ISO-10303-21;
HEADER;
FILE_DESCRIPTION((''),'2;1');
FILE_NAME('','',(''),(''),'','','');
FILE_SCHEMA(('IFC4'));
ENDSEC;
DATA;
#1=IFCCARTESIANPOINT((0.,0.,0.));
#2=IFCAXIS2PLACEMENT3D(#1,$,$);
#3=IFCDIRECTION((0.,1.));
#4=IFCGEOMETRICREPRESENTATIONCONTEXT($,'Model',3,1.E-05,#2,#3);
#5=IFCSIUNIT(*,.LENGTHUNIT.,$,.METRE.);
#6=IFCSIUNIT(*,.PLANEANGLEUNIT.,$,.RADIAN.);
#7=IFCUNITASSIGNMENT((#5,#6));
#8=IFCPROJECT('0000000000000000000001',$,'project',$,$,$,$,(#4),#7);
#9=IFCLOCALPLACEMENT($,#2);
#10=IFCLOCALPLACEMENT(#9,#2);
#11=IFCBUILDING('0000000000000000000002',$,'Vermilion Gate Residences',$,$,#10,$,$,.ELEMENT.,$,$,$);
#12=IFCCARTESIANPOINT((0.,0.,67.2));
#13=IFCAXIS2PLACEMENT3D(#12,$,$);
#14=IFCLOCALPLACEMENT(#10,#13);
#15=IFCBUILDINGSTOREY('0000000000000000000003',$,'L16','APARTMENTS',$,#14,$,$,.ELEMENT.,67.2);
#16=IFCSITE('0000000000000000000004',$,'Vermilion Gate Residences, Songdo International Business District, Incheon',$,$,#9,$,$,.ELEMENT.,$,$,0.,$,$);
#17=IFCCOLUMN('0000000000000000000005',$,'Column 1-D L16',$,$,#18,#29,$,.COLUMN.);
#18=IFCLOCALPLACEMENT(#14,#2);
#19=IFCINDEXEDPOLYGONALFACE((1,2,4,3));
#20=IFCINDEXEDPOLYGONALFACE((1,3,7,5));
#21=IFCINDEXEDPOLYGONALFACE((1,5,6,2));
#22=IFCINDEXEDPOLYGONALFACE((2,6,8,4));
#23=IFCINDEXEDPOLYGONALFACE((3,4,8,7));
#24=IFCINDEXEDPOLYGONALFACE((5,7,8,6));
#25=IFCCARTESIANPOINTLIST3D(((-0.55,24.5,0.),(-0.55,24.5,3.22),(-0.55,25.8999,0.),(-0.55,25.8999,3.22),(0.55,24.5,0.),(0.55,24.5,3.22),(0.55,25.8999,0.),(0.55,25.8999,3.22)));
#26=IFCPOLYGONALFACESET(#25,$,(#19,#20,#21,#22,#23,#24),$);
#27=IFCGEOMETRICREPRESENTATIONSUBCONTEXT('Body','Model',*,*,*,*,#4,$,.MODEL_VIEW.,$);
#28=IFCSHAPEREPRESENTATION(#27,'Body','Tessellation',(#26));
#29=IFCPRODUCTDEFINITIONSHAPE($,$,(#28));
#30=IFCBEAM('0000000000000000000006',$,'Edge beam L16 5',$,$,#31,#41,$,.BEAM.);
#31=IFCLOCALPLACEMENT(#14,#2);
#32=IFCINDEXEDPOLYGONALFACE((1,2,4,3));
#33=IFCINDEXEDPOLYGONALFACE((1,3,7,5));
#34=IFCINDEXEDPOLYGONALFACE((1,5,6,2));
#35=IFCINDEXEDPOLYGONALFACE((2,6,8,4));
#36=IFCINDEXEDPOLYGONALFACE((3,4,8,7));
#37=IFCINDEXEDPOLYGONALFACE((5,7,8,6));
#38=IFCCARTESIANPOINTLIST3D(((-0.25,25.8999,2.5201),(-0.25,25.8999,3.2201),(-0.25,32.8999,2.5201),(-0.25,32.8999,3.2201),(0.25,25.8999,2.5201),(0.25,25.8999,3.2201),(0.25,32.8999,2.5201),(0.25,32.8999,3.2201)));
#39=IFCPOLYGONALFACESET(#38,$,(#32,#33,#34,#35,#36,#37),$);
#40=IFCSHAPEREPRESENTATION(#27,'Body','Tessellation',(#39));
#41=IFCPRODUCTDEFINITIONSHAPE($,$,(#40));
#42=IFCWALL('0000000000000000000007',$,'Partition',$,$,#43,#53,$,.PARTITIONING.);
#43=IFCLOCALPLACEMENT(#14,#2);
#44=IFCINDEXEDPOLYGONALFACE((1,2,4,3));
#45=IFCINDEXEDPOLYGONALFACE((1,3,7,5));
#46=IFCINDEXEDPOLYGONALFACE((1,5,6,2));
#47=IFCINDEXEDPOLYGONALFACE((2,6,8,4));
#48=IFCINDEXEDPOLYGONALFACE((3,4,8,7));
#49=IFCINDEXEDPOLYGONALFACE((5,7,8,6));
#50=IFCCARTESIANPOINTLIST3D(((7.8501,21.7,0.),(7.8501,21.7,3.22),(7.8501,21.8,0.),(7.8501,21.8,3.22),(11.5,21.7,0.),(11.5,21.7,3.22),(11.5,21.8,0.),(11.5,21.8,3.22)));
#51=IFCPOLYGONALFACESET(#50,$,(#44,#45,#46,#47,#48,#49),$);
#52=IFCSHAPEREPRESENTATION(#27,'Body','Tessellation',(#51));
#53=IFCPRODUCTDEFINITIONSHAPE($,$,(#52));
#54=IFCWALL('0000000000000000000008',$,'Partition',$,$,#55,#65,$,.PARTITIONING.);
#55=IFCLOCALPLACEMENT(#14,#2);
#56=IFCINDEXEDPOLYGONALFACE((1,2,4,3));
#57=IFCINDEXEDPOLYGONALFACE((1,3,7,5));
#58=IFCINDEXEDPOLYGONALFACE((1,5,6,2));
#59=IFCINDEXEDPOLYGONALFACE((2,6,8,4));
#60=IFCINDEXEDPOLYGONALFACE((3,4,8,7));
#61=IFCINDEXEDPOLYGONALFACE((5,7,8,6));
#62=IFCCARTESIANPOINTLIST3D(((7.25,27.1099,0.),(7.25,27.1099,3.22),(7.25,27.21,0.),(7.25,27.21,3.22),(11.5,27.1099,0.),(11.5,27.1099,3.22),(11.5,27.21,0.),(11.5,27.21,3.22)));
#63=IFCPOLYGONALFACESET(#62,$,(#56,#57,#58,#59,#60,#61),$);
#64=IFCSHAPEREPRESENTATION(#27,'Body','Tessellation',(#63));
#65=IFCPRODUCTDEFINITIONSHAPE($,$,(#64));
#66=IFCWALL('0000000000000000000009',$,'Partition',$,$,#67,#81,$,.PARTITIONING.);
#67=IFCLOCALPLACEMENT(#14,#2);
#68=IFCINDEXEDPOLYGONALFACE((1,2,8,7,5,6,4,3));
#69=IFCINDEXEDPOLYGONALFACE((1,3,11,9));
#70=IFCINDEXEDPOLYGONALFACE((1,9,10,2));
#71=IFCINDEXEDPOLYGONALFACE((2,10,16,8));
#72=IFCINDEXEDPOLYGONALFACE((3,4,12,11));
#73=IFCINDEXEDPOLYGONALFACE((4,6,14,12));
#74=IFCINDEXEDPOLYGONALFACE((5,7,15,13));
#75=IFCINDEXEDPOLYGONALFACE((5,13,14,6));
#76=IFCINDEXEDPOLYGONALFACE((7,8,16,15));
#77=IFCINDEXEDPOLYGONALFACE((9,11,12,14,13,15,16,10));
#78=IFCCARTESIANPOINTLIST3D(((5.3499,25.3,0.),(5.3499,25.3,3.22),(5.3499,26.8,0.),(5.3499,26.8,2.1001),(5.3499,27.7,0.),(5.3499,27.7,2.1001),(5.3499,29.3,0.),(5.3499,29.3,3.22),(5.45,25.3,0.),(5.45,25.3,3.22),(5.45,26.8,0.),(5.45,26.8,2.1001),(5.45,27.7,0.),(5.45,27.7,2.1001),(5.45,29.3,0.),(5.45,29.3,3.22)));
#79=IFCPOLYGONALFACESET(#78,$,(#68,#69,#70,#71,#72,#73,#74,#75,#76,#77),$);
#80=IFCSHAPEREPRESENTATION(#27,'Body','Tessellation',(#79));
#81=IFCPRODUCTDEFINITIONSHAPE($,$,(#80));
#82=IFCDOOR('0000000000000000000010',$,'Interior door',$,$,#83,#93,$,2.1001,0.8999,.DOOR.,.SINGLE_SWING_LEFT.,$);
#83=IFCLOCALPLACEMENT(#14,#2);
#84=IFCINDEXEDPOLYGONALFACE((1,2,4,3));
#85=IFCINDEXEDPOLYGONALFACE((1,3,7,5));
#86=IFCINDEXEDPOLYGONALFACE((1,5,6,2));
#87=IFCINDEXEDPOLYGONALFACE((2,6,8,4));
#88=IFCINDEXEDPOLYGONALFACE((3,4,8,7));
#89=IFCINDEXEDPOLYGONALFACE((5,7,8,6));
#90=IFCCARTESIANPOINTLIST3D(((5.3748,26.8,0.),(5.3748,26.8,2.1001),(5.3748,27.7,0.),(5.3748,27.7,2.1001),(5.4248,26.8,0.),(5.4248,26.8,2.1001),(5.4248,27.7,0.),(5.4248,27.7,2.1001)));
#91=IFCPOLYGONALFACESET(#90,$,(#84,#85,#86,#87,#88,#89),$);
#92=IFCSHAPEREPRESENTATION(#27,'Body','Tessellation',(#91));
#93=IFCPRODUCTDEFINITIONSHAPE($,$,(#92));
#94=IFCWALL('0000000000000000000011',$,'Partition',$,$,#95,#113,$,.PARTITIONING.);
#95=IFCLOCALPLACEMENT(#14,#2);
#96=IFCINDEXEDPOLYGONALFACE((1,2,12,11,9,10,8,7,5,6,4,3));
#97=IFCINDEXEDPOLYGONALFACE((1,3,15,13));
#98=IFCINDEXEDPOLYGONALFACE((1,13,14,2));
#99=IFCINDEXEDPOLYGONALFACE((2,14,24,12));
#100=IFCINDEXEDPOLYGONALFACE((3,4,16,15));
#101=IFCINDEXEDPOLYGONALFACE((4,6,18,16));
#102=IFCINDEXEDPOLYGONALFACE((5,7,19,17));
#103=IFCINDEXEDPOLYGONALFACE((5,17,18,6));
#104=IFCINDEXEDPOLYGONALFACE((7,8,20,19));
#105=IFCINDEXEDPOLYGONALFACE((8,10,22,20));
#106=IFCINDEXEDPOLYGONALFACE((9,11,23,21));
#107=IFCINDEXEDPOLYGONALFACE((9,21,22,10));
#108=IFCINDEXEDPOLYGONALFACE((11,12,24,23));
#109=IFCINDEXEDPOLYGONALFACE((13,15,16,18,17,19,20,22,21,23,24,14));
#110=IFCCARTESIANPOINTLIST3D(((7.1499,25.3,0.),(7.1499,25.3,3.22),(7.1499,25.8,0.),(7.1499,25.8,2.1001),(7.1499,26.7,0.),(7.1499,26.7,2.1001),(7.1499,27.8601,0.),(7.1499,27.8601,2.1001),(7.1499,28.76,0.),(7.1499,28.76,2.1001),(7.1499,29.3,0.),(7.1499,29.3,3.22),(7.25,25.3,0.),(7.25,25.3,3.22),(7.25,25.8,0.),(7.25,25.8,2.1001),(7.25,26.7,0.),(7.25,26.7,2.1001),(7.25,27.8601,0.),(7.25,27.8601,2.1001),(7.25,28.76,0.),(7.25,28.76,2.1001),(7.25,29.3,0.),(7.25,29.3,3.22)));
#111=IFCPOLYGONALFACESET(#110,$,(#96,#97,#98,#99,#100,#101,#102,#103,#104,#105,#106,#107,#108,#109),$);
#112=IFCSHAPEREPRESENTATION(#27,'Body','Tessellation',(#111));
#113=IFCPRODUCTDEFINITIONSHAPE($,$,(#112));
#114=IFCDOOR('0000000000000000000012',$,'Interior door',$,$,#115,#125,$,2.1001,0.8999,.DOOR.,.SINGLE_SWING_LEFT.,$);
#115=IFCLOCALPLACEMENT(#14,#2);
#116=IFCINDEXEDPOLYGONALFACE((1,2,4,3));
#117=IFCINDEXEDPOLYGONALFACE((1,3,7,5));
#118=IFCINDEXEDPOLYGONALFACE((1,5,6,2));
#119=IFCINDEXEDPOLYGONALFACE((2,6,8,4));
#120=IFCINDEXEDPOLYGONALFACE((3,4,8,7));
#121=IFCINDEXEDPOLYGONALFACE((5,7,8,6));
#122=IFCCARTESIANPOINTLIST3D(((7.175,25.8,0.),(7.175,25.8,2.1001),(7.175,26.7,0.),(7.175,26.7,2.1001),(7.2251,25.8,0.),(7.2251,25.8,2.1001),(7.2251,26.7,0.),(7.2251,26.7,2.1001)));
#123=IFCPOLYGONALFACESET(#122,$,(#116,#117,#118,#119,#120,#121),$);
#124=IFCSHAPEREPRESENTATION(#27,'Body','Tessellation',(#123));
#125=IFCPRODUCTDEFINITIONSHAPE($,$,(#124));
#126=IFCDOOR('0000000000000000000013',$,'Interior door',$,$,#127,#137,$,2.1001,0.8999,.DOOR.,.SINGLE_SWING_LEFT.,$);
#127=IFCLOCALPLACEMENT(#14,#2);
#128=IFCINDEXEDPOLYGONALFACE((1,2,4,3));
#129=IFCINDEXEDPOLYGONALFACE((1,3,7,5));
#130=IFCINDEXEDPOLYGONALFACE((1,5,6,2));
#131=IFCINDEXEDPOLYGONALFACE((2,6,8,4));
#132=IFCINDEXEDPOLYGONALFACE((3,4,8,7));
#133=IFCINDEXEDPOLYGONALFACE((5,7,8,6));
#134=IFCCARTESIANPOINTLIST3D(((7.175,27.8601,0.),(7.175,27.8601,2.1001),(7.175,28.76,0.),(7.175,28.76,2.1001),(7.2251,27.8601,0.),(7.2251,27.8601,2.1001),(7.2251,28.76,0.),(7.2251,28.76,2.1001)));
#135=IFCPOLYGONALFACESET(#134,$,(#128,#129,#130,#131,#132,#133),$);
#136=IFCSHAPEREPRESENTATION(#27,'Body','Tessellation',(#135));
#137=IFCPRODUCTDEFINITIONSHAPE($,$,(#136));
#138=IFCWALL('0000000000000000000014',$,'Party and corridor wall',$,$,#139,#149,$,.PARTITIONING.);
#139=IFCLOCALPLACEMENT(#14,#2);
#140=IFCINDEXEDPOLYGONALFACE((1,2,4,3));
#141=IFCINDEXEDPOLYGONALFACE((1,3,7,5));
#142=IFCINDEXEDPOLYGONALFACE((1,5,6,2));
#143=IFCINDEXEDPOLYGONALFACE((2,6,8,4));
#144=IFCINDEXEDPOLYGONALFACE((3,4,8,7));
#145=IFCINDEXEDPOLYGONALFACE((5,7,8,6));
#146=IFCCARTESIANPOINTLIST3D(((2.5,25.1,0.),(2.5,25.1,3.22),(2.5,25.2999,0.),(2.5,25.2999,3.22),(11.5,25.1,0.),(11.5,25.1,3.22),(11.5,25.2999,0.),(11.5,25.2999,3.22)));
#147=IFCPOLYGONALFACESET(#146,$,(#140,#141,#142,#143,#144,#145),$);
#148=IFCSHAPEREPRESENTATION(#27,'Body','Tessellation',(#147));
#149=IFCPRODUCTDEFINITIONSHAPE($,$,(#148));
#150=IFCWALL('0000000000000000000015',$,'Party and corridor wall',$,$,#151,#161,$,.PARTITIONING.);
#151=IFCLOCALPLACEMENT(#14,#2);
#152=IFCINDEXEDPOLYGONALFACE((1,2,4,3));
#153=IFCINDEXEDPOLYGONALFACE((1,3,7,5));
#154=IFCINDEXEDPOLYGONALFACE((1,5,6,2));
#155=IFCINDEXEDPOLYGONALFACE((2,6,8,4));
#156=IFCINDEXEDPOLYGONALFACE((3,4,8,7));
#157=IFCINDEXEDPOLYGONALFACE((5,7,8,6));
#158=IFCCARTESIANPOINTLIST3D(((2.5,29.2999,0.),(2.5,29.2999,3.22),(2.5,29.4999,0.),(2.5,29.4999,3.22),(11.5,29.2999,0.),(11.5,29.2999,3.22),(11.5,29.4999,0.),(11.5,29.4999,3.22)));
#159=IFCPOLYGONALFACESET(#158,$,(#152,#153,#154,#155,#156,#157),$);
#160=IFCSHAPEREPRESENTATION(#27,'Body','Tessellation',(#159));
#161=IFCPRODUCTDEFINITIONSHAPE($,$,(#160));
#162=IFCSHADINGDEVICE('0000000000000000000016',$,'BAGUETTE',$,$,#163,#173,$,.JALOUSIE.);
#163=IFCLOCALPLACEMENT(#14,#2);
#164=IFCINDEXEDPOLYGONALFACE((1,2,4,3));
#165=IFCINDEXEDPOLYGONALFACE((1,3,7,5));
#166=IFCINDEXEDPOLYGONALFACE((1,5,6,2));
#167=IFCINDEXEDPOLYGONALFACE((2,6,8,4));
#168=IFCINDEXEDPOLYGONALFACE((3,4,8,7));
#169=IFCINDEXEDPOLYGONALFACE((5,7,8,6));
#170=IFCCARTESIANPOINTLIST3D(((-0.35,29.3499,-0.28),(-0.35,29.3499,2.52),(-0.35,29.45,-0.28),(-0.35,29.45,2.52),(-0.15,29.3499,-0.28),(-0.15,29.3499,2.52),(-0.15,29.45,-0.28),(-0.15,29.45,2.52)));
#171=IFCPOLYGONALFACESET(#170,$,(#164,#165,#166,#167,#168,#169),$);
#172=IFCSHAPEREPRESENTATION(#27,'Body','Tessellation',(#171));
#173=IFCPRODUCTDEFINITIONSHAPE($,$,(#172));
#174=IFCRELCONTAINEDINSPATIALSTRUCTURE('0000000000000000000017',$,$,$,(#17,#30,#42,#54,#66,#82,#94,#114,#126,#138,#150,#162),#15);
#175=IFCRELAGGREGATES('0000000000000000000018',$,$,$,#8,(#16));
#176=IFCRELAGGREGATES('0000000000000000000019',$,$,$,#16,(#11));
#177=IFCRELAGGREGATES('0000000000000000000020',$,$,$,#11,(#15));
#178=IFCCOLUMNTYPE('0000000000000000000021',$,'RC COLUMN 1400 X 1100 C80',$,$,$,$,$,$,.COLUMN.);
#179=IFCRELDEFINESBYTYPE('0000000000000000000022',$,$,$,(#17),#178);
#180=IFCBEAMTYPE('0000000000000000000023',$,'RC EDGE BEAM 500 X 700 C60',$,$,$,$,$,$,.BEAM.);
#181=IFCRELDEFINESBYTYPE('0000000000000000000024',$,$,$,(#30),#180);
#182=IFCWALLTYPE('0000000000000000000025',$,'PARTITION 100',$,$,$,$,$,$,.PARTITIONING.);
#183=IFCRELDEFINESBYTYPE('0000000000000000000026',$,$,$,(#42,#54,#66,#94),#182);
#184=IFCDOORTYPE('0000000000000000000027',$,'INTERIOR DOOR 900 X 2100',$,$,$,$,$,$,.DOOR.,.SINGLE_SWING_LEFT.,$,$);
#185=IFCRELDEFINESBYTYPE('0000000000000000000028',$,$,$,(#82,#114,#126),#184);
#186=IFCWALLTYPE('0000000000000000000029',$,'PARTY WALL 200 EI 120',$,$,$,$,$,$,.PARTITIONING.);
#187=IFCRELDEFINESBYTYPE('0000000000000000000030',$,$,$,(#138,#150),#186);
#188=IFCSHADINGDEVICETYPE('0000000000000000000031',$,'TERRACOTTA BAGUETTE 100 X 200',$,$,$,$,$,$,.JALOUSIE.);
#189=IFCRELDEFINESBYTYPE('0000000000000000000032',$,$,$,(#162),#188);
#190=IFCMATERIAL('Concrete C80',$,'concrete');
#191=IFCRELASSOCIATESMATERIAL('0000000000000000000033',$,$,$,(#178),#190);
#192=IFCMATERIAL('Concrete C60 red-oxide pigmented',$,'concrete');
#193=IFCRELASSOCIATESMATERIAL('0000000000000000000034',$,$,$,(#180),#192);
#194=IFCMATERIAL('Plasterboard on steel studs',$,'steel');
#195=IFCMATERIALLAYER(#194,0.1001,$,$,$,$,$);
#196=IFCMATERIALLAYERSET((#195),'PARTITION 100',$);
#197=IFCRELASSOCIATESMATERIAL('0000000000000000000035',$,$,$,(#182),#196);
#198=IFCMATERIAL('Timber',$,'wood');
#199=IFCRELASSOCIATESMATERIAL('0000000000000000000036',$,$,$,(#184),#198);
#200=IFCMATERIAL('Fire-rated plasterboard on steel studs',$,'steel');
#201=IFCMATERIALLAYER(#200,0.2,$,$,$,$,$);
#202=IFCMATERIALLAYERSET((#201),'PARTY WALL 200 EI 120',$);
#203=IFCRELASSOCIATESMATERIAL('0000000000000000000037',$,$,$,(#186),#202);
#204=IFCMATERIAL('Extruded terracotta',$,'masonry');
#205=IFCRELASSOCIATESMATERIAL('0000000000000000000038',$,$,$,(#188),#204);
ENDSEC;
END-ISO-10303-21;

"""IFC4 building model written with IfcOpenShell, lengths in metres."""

from ifc_helpers import new_model, si_unit, direction, frame, frame_2d, origin, origin_2d, place, context, subcontext, project, spatial, rectangle, extrude, material, layer, layer_set, material_profile, profile_set, type_object, element, fill, save


model = new_model("IFC4")

# Units and contexts
model_context = context("Model", 3, precision=1e-05, world=origin(), true_north=direction((0.0, 1.0)))
body_context = subcontext(model_context, "Body", "Model", "MODEL_VIEW")
ifc_project = project(units=[si_unit("LENGTHUNIT", "METRE"), si_unit("PLANEANGLEUNIT", "RADIAN")], contexts=[model_context])

# Site, building, storey
site_placement = place(None, origin())
site = spatial("IfcSite", under=ifc_project, at=site_placement, Name="Vermilion Gate Residences, Songdo International Business District, Incheon", CompositionType="ELEMENT", RefElevation=0.0)
building_placement = place(site_placement, origin())
building = spatial("IfcBuilding", under=site, at=building_placement, Name="Vermilion Gate Residences", CompositionType="ELEMENT")
storey_placement = place(building_placement, frame((0.0, 0.0, 67.2)))
storey = spatial("IfcBuildingStorey", under=building, at=storey_placement, Name="L16", Description="APARTMENTS", CompositionType="ELEMENT", Elevation=67.2)

# Column
ifc_material_1 = material(Name="Concrete C80", Category="concrete")
ifc_material_profile_1 = material_profile(ifc_material_1, rectangle(XDim=1.3999, YDim=1.1001, at=origin_2d()), Name="RC-1400x1100")
ifc_profile_set_1 = profile_set([ifc_material_profile_1], Name="Concrete C80")
column_type = type_object("IfcColumnType", Name="RC COLUMN 1400 X 1100 C80", PredefinedType="COLUMN", material=ifc_profile_set_1)
column_placement = place(storey_placement, frame((0.0, 25.2, 0.0), z_axis=(0.0, 0.0, 1.0), x_axis=(0.0, 1.0, 0.0)))
element("IfcColumn", 1, at=column_placement, inside=storey, type_object=column_type, Name="Column 1-D L16", PredefinedType="COLUMN", context=body_context, shape_type="SweptSolid", body=[
    extrude(rectangle(XDim=1.3999, YDim=1.1001, at=origin_2d()), origin(), (0.0, 0.0, 1.0), 3.22),
])

# Beam
ifc_material_2 = material(Name="Concrete C60 red-oxide pigmented", Category="concrete")
ifc_material_profile_2 = material_profile(ifc_material_2, rectangle(XDim=0.5, YDim=0.7, at=origin_2d()), Name="RC-500x700")
ifc_profile_set_2 = profile_set([ifc_material_profile_2], Name="Concrete C60 red-oxide pigmented")
beam_type = type_object("IfcBeamType", Name="RC EDGE BEAM 500 X 700 C60", PredefinedType="BEAM", material=ifc_profile_set_2)
beam_placement = place(storey_placement, frame((0.0, 25.8999, 2.8701), z_axis=(0.0, 1.0, 0.0), x_axis=(-1.0, 0.0, 0.0)))
element("IfcBeam", 2, at=beam_placement, inside=storey, type_object=beam_type, Name="Edge beam L16 5", PredefinedType="BEAM", context=body_context, shape_type="SweptSolid", body=[
    extrude(rectangle(XDim=0.5, YDim=0.7, at=origin_2d()), origin(), (0.0, 0.0, 1.0), 7.0),
])

# Walls
ifc_material_3 = material(Name="Plasterboard on steel studs", Category="steel")
ifc_layer_1 = layer(ifc_material_3, 0.1001)
ifc_layer_set_1 = layer_set([ifc_layer_1], Name="PARTITION 100")
wall_type_1 = type_object("IfcWallType", Name="PARTITION 100", PredefinedType="PARTITIONING", material=ifc_layer_set_1)
wall_1_placement = place(storey_placement, frame((7.8501, 21.75, 0.0), z_axis=(0.0, 0.0, 1.0), x_axis=(1.0, 0.0, 0.0)))
element("IfcWall", 3, at=wall_1_placement, inside=storey, type_object=wall_type_1, Name="Partition", PredefinedType="PARTITIONING", context=body_context, shape_type="SweptSolid", body=[
    extrude(rectangle(XDim=3.6499, YDim=0.1001, at=frame_2d((1.825, 0.0))), origin(), (0.0, 0.0, 1.0), 3.22),
])
wall_2_placement = place(storey_placement, frame((7.25, 27.1599, 0.0), z_axis=(0.0, 0.0, 1.0), x_axis=(1.0, 0.0, 0.0)))
element("IfcWall", 4, at=wall_2_placement, inside=storey, type_object=wall_type_1, Name="Partition", PredefinedType="PARTITIONING", context=body_context, shape_type="SweptSolid", body=[
    extrude(rectangle(XDim=4.25, YDim=0.1001, at=frame_2d((2.125, 0.0))), origin(), (0.0, 0.0, 1.0), 3.22),
])

# Wall, opening, door
wall_3_placement = place(storey_placement, frame((5.3999, 25.3, 0.0), z_axis=(0.0, 0.0, 1.0), x_axis=(0.0, 1.0, 0.0)))
wall_3 = element("IfcWall", 5, at=wall_3_placement, inside=storey, type_object=wall_type_1, Name="Partition", PredefinedType="PARTITIONING", context=body_context, shape_type="SweptSolid", body=[
    extrude(rectangle(XDim=4.0, YDim=0.1001, at=frame_2d((2.0, 0.0))), origin(), (0.0, 0.0, 1.0), 3.22),
])
opening_1_placement = place(wall_3_placement, frame((1.5, 0.0, 0.0)))
opening_1 = element("IfcOpeningElement", 6, at=opening_1_placement, cuts=wall_3, PredefinedType="OPENING", context=body_context, shape_type="SweptSolid", body=[
    extrude(rectangle(XDim=0.8999, YDim=2.1001, at=frame_2d((0.45, 1.05))), frame((0.0, 0.0601, 0.0), z_axis=(0.0, -1.0, 0.0), x_axis=(1.0, 0.0, 0.0)), (0.0, 0.0, 1.0), 0.1201),
])
ifc_material_4 = material(Name="Timber", Category="wood")
door_type = type_object("IfcDoorType", Name="INTERIOR DOOR 900 X 2100", OperationType="SINGLE_SWING_LEFT", PredefinedType="DOOR", material=ifc_material_4)
door_1_placement = place(opening_1_placement, frame((0.8999, 0.0, 0.0), z_axis=(0.0, 0.0, 1.0), x_axis=(-1.0, 0.0, 0.0)))
door_1 = element("IfcDoor", 7, at=door_1_placement, inside=storey, type_object=door_type, Name="Interior door", OperationType="SINGLE_SWING_LEFT", OverallHeight=2.1001, OverallWidth=0.8999, PredefinedType="DOOR", context=body_context, shape_type="SweptSolid", body=[
    extrude(rectangle(XDim=0.8999, YDim=2.1001, at=frame_2d((0.45, 1.05))), frame((0.0, 0.0249, 0.0), z_axis=(0.0, -1.0, 0.0), x_axis=(1.0, 0.0, 0.0)), (0.0, 0.0, 1.0), 0.05),
])
fill(opening_1, door_1)

# Wall, openings, doors
wall_4_placement = place(storey_placement, frame((7.2, 25.3, 0.0), z_axis=(0.0, 0.0, 1.0), x_axis=(0.0, 1.0, 0.0)))
wall_4 = element("IfcWall", 8, at=wall_4_placement, inside=storey, type_object=wall_type_1, Name="Partition", PredefinedType="PARTITIONING", context=body_context, shape_type="SweptSolid", body=[
    extrude(rectangle(XDim=4.0, YDim=0.1001, at=frame_2d((2.0, 0.0))), origin(), (0.0, 0.0, 1.0), 3.22),
])
opening_2_placement = place(wall_4_placement, frame((0.5, 0.0, 0.0)))
opening_2 = element("IfcOpeningElement", 9, at=opening_2_placement, cuts=wall_4, PredefinedType="OPENING", context=body_context, shape_type="SweptSolid", body=[
    extrude(rectangle(XDim=0.8999, YDim=2.1001, at=frame_2d((0.45, 1.05))), frame((0.0, 0.0601, 0.0), z_axis=(0.0, -1.0, 0.0), x_axis=(1.0, 0.0, 0.0)), (0.0, 0.0, 1.0), 0.1201),
])
opening_3_placement = place(wall_4_placement, frame((2.5601, 0.0, 0.0)))
opening_3 = element("IfcOpeningElement", 10, at=opening_3_placement, cuts=wall_4, PredefinedType="OPENING", context=body_context, shape_type="SweptSolid", body=[
    extrude(rectangle(XDim=0.8999, YDim=2.1001, at=frame_2d((0.45, 1.05))), frame((0.0, 0.0601, 0.0), z_axis=(0.0, -1.0, 0.0), x_axis=(1.0, 0.0, 0.0)), (0.0, 0.0, 1.0), 0.1201),
])
door_2_placement = place(opening_2_placement, origin())
door_2 = element("IfcDoor", 11, at=door_2_placement, inside=storey, type_object=door_type, Name="Interior door", OperationType="SINGLE_SWING_LEFT", OverallHeight=2.1001, OverallWidth=0.8999, PredefinedType="DOOR", context=body_context, shape_type="SweptSolid", body=[
    extrude(rectangle(XDim=0.8999, YDim=2.1001, at=frame_2d((0.45, 1.05))), frame((0.0, 0.0249, 0.0), z_axis=(0.0, -1.0, 0.0), x_axis=(1.0, 0.0, 0.0)), (0.0, 0.0, 1.0), 0.05),
])
fill(opening_2, door_2)
door_3_placement = place(opening_3_placement, origin())
door_3 = element("IfcDoor", 12, at=door_3_placement, inside=storey, type_object=door_type, Name="Interior door", OperationType="SINGLE_SWING_LEFT", OverallHeight=2.1001, OverallWidth=0.8999, PredefinedType="DOOR", context=body_context, shape_type="SweptSolid", body=[
    extrude(rectangle(XDim=0.8999, YDim=2.1001, at=frame_2d((0.45, 1.05))), frame((0.0, 0.0249, 0.0), z_axis=(0.0, -1.0, 0.0), x_axis=(1.0, 0.0, 0.0)), (0.0, 0.0, 1.0), 0.05),
])
fill(opening_3, door_3)

# Walls
ifc_material_5 = material(Name="Fire-rated plasterboard on steel studs", Category="steel")
ifc_layer_2 = layer(ifc_material_5, 0.2)
ifc_layer_set_2 = layer_set([ifc_layer_2], Name="PARTY WALL 200 EI 120")
wall_type_2 = type_object("IfcWallType", Name="PARTY WALL 200 EI 120", PredefinedType="PARTITIONING", material=ifc_layer_set_2)
for number, where, z_axis, x_axis, name in (
    (13, (2.5, 25.2, 0.0), (0.0, 0.0, 1.0), (1.0, 0.0, 0.0), "Party and corridor wall"),
    (14, (2.5, 29.3999, 0.0), (0.0, 0.0, 1.0), (1.0, 0.0, 0.0), "Party and corridor wall"),
):
    element("IfcWall", number, at=place(storey_placement, frame(where, z_axis=z_axis, x_axis=x_axis)), inside=storey, type_object=wall_type_2, Name=name, PredefinedType="PARTITIONING", context=body_context, shape_type="SweptSolid", body=[
        extrude(rectangle(XDim=9.0, YDim=0.2, at=frame_2d((4.5, 0.0))), origin(), (0.0, 0.0, 1.0), 3.22),
    ])

# Shading device
ifc_material_6 = material(Name="Extruded terracotta", Category="masonry")
ifc_material_profile_3 = material_profile(ifc_material_6, rectangle(XDim=0.2, YDim=0.1001, at=origin_2d()), Name="BAGUETTE 100 X 200")
ifc_profile_set_3 = profile_set([ifc_material_profile_3], Name="Extruded terracotta")
shading_device_type = type_object("IfcShadingDeviceType", Name="TERRACOTTA BAGUETTE 100 X 200", PredefinedType="JALOUSIE", material=ifc_profile_set_3)
shading_device_placement = place(storey_placement, frame((-0.25, 29.3999, -0.28), z_axis=(0.0, 0.0, 1.0), x_axis=(1.0, 0.0, 0.0)))
element("IfcShadingDevice", 15, at=shading_device_placement, inside=storey, type_object=shading_device_type, Name="BAGUETTE", PredefinedType="JALOUSIE", context=body_context, shape_type="SweptSolid", body=[
    extrude(rectangle(XDim=0.2, YDim=0.1001, at=origin_2d()), origin(), (0.0, 0.0, 1.0), 2.8),
])

save(model, "model.ifc")
